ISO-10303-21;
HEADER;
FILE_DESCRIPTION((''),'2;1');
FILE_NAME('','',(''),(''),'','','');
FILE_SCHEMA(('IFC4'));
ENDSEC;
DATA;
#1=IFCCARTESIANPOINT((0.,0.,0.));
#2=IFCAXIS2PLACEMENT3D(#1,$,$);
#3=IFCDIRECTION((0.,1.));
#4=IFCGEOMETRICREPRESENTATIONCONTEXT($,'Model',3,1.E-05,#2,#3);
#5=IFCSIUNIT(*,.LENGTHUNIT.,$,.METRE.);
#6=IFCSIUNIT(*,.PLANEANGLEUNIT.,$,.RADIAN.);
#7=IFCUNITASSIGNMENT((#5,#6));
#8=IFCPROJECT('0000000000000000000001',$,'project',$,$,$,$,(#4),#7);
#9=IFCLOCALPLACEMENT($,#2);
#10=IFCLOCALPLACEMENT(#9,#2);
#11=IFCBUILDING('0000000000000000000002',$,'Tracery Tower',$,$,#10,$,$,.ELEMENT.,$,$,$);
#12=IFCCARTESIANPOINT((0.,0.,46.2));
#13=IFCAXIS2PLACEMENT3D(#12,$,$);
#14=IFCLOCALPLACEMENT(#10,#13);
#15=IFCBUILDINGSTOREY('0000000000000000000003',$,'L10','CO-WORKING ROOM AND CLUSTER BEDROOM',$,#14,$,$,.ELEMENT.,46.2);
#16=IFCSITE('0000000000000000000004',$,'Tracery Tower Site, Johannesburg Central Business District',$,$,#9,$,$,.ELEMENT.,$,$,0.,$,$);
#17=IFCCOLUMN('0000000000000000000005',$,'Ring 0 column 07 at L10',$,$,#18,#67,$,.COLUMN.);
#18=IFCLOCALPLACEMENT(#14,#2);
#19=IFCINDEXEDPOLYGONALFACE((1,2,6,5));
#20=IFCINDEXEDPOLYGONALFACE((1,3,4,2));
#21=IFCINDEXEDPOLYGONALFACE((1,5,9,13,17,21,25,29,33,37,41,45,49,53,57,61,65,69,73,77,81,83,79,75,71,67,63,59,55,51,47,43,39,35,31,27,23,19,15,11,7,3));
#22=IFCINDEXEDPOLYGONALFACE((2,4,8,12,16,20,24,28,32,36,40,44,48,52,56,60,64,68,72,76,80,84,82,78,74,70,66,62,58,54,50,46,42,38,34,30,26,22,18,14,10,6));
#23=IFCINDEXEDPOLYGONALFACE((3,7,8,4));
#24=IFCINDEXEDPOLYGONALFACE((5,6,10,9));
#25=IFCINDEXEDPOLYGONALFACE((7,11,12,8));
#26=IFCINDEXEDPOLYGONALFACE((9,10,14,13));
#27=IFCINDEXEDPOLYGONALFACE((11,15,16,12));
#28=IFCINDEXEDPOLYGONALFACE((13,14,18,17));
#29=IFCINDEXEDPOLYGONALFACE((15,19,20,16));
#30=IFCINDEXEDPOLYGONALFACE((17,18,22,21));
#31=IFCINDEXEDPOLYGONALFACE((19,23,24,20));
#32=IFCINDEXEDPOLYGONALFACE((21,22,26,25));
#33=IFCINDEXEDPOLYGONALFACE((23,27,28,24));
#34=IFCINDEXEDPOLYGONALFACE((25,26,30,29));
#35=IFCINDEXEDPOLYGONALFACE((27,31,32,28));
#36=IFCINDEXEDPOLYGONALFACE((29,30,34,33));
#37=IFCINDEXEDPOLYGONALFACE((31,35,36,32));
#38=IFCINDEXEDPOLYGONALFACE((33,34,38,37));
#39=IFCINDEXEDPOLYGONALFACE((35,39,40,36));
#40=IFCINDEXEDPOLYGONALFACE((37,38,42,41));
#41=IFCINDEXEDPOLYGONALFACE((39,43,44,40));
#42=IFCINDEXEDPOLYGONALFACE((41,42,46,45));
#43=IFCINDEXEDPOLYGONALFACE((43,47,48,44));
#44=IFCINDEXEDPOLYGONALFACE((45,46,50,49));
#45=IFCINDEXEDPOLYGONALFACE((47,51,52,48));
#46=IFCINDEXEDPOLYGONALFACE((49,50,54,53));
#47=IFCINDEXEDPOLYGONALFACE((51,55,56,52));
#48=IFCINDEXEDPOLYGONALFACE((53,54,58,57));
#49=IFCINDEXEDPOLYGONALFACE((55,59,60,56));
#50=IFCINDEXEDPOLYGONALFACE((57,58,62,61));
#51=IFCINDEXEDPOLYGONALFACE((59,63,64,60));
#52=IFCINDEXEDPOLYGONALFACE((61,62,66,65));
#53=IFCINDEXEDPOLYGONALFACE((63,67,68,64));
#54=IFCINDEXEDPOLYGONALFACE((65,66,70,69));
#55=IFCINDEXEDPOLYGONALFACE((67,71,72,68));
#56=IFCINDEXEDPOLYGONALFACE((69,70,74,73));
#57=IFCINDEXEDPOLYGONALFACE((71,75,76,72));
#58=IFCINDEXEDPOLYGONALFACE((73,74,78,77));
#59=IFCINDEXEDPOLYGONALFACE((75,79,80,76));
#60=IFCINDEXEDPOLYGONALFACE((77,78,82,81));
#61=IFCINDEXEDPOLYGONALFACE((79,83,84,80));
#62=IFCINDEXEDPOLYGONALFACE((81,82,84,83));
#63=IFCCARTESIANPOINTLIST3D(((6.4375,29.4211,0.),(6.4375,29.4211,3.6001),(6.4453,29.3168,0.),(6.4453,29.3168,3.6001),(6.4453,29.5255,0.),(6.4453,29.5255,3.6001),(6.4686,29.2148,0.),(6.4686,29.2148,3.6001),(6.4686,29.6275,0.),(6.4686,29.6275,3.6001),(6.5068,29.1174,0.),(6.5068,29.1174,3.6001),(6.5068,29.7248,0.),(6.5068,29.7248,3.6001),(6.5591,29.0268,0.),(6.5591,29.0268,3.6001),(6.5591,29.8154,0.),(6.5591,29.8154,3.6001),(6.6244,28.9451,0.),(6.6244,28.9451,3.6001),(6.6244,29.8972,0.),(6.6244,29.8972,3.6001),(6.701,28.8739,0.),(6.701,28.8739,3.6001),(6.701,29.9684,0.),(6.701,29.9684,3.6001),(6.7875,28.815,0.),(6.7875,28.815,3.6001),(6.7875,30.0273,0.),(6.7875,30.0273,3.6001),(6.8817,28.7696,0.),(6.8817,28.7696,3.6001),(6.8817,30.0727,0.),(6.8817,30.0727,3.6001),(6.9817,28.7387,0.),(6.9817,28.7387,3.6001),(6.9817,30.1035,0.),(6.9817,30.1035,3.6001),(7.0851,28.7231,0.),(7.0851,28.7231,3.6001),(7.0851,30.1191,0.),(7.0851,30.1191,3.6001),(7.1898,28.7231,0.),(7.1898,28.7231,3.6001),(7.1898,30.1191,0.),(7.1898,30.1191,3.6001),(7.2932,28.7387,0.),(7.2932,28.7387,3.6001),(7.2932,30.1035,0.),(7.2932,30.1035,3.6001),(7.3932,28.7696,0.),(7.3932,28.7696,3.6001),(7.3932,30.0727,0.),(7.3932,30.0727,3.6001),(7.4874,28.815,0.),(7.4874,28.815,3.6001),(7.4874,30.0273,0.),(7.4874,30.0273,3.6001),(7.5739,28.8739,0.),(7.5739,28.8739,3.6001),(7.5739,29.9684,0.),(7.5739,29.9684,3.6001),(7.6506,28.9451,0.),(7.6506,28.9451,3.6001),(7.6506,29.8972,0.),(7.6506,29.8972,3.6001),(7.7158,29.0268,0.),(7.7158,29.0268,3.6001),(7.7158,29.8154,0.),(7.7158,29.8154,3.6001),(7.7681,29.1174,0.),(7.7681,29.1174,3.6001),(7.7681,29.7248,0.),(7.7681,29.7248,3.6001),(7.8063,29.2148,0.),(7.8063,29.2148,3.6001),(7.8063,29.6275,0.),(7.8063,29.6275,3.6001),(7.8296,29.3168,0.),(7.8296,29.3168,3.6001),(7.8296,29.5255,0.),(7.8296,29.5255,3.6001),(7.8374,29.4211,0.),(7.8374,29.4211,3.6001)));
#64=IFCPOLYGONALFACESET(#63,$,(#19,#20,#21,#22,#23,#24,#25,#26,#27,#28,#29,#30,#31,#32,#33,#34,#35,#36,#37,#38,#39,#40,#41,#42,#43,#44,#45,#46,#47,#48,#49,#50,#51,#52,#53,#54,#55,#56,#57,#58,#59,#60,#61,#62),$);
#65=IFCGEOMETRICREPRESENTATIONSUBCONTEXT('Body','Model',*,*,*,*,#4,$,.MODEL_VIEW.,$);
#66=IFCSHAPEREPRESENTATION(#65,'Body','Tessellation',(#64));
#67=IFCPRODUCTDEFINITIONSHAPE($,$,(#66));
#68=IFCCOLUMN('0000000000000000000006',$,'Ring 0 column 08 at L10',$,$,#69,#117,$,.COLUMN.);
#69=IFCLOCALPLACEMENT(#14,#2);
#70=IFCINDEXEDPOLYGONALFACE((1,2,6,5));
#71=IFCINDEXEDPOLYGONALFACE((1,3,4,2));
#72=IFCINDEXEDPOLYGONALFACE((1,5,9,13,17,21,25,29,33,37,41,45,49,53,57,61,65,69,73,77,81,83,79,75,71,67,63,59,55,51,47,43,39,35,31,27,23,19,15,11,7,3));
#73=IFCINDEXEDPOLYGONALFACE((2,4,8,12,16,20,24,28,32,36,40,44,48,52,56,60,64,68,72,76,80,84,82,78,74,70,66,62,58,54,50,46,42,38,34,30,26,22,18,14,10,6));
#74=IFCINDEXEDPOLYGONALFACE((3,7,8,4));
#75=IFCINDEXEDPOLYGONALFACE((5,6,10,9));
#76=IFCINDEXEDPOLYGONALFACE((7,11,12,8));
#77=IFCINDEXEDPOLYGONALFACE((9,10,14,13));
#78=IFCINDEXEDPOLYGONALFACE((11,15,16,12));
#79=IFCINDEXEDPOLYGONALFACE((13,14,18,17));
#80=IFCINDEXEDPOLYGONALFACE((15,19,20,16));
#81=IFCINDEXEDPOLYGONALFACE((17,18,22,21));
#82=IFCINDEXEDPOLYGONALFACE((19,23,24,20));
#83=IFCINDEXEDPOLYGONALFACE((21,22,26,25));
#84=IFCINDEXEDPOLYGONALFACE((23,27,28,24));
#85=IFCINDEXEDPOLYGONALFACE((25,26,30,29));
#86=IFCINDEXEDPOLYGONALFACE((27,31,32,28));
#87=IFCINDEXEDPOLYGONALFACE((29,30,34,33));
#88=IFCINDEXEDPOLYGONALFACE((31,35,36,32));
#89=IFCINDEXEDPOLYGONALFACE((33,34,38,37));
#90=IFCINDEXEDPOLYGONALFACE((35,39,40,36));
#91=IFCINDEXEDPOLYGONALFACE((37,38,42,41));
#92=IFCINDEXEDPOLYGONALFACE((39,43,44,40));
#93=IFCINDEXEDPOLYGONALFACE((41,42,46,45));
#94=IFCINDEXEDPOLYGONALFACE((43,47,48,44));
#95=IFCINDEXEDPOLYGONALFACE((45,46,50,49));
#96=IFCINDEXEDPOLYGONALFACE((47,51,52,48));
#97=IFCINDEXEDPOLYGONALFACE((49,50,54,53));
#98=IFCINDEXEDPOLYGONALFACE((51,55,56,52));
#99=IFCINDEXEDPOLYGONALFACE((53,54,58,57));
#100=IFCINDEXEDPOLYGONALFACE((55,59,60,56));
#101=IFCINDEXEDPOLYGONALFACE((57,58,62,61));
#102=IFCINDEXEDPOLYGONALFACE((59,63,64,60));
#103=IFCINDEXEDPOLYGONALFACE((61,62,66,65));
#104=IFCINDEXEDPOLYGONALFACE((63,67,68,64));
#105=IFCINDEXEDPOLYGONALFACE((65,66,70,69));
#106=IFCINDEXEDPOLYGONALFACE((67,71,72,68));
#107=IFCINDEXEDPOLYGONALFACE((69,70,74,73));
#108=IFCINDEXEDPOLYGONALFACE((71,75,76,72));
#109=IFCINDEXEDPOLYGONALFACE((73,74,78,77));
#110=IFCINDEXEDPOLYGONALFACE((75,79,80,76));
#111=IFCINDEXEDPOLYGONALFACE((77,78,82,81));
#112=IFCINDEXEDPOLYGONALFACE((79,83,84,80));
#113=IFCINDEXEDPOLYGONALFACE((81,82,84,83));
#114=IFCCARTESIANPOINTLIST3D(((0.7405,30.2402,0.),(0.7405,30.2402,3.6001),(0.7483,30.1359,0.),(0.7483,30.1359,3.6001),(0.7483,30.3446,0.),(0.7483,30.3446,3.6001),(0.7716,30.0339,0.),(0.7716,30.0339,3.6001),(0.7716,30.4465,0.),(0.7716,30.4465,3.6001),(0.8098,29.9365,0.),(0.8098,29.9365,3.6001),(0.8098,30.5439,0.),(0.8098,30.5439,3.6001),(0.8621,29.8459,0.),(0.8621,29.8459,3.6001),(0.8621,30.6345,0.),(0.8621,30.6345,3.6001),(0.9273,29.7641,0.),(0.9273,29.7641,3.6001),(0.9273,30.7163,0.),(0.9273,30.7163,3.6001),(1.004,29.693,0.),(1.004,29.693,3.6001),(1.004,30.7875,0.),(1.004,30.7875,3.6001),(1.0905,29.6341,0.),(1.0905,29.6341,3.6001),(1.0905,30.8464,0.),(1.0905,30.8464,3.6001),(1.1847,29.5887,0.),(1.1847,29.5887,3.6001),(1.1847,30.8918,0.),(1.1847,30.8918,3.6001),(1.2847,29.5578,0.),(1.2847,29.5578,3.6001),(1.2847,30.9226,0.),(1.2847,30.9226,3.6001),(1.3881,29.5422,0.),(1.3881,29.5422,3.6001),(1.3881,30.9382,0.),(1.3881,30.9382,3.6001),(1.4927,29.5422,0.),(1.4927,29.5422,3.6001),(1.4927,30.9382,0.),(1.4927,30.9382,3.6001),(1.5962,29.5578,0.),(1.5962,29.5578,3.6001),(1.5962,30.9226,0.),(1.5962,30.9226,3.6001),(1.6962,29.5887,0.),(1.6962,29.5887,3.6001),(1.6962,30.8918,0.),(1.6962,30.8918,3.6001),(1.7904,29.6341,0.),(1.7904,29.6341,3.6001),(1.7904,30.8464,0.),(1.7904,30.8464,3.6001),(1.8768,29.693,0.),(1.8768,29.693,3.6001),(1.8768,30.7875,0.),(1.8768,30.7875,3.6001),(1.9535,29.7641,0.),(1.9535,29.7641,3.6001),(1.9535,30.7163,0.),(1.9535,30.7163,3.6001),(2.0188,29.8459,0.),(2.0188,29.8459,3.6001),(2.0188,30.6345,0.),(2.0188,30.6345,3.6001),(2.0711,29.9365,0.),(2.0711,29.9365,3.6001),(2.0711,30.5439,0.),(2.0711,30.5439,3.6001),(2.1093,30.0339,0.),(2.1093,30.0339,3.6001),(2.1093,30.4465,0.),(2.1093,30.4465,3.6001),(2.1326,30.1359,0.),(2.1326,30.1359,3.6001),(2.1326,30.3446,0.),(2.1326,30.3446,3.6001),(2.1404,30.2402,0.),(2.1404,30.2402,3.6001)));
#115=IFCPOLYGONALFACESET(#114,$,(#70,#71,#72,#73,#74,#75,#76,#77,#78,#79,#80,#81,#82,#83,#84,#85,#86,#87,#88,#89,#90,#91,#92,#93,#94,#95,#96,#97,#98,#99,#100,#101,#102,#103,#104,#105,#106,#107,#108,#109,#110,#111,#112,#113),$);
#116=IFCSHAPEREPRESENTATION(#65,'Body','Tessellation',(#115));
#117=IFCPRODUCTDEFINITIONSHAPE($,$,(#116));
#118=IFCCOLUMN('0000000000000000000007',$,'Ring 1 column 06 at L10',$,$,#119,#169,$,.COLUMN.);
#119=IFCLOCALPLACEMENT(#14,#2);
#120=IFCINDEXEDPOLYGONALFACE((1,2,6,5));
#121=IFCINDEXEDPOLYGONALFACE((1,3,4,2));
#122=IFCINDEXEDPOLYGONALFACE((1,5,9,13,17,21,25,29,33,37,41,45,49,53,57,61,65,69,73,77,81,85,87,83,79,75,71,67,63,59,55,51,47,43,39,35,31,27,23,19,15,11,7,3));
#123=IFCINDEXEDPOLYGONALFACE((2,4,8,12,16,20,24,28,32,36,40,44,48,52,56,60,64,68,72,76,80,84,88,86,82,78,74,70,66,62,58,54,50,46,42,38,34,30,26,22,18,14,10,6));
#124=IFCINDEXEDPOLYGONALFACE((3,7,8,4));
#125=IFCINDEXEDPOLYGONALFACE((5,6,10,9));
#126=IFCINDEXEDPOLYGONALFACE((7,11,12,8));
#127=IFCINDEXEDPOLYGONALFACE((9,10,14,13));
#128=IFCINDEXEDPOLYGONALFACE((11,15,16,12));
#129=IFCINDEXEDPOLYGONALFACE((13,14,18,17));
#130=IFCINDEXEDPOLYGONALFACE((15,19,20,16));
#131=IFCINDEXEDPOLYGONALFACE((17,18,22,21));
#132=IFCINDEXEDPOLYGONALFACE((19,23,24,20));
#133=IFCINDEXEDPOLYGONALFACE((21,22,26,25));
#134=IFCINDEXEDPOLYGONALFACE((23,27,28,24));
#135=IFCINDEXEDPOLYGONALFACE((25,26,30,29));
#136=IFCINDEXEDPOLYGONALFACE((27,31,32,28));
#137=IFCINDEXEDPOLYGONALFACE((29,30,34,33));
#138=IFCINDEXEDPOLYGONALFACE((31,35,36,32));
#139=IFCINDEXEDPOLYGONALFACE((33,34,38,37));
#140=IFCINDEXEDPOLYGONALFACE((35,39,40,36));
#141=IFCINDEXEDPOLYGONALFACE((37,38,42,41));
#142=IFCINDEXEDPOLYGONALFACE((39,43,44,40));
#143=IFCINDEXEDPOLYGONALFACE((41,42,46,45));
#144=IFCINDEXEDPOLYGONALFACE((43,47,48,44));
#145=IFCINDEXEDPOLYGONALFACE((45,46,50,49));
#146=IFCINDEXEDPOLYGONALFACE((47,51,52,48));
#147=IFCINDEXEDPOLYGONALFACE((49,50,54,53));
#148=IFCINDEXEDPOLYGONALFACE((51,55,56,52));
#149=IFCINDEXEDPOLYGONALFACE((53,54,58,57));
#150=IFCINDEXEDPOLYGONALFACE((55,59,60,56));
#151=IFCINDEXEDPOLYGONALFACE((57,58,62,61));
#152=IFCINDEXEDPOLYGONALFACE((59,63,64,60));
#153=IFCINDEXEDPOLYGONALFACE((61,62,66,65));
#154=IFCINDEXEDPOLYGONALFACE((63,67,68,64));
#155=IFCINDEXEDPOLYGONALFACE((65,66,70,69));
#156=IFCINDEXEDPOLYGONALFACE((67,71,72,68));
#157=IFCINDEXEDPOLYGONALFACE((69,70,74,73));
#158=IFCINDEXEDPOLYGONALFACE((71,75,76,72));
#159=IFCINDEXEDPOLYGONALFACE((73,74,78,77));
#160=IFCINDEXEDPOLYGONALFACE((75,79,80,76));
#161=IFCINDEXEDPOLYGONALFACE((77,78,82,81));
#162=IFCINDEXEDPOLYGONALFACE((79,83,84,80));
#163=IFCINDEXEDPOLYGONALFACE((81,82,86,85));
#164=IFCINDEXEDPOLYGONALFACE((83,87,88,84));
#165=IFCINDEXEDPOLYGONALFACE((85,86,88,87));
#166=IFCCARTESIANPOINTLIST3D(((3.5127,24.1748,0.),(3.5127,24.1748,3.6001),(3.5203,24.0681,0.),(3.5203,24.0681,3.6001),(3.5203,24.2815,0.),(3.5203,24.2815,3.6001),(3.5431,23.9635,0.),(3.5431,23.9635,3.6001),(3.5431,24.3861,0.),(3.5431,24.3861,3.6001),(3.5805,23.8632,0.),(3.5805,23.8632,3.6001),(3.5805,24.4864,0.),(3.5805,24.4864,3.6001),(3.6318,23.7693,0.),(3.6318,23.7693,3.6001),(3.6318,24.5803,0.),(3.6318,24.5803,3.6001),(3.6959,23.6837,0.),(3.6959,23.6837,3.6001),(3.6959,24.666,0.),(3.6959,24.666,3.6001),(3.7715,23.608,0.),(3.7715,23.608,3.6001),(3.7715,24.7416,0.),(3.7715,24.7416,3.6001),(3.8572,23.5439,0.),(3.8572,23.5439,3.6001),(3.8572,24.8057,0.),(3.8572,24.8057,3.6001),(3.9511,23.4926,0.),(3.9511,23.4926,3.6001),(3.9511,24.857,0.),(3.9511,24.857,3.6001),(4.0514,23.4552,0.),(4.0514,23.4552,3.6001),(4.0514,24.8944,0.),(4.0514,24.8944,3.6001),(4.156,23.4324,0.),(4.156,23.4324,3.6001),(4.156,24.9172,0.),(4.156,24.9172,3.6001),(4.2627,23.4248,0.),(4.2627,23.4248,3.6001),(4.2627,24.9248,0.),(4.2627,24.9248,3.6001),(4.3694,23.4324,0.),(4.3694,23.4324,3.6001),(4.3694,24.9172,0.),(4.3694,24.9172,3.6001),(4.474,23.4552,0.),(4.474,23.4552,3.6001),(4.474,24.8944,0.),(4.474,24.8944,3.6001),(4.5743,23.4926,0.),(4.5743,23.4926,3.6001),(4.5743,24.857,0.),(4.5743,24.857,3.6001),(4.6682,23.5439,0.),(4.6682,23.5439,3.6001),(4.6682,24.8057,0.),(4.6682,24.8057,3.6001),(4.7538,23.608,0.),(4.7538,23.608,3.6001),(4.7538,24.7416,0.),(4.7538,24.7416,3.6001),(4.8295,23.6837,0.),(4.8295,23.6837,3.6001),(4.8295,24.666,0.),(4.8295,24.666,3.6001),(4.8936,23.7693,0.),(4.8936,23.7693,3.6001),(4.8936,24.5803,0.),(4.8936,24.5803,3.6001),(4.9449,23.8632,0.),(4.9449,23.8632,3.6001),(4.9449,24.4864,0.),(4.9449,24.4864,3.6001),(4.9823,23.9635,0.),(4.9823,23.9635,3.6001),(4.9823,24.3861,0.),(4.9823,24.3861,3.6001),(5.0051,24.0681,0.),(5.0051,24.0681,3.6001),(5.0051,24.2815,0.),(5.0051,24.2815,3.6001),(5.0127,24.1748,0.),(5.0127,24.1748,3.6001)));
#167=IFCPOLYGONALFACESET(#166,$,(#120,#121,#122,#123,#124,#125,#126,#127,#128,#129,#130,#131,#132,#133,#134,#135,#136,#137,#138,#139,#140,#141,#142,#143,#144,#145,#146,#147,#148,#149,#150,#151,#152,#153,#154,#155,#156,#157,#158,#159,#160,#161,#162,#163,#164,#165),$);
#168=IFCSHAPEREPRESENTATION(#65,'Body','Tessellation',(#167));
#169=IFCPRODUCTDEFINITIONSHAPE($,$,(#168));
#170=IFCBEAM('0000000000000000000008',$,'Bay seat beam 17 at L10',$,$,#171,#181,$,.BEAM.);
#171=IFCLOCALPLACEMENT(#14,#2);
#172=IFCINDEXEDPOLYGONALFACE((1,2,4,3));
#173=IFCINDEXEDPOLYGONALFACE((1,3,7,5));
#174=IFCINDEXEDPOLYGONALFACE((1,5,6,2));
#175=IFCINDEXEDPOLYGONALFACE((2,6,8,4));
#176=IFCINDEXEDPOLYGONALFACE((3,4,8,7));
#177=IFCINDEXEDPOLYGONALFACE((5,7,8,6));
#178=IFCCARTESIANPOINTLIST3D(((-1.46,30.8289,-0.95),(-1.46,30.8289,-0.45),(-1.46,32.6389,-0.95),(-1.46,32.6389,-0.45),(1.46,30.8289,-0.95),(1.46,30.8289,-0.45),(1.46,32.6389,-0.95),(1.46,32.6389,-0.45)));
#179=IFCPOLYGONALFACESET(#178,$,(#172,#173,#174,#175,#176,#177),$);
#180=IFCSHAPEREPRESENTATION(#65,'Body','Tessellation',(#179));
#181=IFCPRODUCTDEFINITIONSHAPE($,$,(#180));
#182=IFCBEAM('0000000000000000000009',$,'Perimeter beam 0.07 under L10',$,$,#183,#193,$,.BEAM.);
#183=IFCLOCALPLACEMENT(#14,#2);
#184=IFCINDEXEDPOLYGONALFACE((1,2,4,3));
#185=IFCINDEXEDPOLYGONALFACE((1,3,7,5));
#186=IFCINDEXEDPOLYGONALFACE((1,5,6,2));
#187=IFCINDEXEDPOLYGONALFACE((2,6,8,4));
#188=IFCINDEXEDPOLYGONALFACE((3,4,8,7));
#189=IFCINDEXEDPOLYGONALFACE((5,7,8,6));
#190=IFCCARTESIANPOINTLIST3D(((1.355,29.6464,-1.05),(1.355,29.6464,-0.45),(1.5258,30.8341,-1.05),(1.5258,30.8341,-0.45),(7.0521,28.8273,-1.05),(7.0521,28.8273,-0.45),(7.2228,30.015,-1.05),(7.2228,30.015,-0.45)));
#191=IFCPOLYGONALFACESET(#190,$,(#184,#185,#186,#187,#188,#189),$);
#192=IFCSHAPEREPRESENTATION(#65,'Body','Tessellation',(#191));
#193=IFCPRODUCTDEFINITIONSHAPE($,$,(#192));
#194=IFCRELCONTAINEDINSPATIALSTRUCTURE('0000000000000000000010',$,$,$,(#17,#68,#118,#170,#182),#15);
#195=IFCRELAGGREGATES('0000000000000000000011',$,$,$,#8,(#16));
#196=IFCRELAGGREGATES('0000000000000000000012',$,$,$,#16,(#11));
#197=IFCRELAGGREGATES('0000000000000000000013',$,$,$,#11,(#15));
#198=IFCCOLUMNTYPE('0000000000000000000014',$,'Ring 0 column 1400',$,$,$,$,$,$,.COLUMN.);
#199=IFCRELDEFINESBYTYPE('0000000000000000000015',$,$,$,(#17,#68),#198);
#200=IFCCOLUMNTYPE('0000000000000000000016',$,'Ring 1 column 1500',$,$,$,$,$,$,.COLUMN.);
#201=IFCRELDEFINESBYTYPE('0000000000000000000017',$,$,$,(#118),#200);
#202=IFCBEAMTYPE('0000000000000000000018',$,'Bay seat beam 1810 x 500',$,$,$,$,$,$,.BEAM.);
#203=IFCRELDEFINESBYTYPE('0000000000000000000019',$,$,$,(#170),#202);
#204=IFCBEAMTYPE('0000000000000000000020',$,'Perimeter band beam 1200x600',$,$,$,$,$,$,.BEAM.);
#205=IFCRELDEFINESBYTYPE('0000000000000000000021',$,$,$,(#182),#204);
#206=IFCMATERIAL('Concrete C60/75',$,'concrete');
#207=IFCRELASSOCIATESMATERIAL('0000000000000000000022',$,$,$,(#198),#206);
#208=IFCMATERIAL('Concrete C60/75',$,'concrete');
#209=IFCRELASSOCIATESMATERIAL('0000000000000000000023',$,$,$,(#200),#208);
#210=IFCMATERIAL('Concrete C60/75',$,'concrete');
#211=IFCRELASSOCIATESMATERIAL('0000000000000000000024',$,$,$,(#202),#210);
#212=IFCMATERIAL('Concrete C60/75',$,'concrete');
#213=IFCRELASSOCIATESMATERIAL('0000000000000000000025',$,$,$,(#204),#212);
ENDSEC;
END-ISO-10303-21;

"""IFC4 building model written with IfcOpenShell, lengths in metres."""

from ifc_helpers import new_model, si_unit, direction, frame, origin, origin_2d, place, context, subcontext, project, spatial, rectangle, circle, extrude, material, material_profile, profile_set, type_object, element, save


model = new_model("IFC4")

# Units and contexts
model_context = context("Model", 3, precision=1e-05, world=origin(), true_north=direction((0.0, 1.0)))
body_context = subcontext(model_context, "Body", "Model", "MODEL_VIEW")
ifc_project = project(units=[si_unit("LENGTHUNIT", "METRE"), si_unit("PLANEANGLEUNIT", "RADIAN")], contexts=[model_context])

# Site, building, storey
site_placement = place(None, origin())
site = spatial("IfcSite", under=ifc_project, at=site_placement, Name="Tracery Tower Site, Johannesburg Central Business District", CompositionType="ELEMENT", RefElevation=0.0)
building_placement = place(site_placement, origin())
building = spatial("IfcBuilding", under=site, at=building_placement, Name="Tracery Tower", CompositionType="ELEMENT")
storey_placement = place(building_placement, frame((0.0, 0.0, 46.2)))
storey = spatial("IfcBuildingStorey", under=building, at=storey_placement, Name="L10", Description="CO-WORKING ROOM AND CLUSTER BEDROOM", CompositionType="ELEMENT", Elevation=46.2)

# Columns
ifc_material_1 = material(Name="Concrete C60/75", Category="concrete")
ifc_material_profile_1 = material_profile(ifc_material_1, circle(Radius=0.7, at=origin_2d()), Name="RC D1400")
ifc_profile_set_1 = profile_set([ifc_material_profile_1], Name="Concrete C60/75")
column_type_1 = type_object("IfcColumnType", Name="Ring 0 column 1400", PredefinedType="COLUMN", material=ifc_profile_set_1)
for number, where, z_axis, x_axis, name in (
    (1, (7.1375, 29.4211, 0.0), (0.0, 0.0, 1.0), (1.0, 0.0, 0.0), "Ring 0 column 07 at L10"),
    (2, (1.4404, 30.2402, 0.0), (0.0, 0.0, 1.0), (1.0, 0.0, 0.0), "Ring 0 column 08 at L10"),
):
    element("IfcColumn", number, at=place(storey_placement, frame(where, z_axis=z_axis, x_axis=x_axis)), inside=storey, type_object=column_type_1, Name=name, PredefinedType="COLUMN", context=body_context, shape_type="SweptSolid", body=[
        extrude(circle(Radius=0.7, at=origin_2d()), origin(), (0.0, 0.0, 1.0), 3.6001),
    ])
ifc_material_2 = material(Name="Concrete C60/75", Category="concrete")
ifc_material_profile_2 = material_profile(ifc_material_2, circle(Radius=0.75, at=origin_2d()), Name="RC D1500")
ifc_profile_set_2 = profile_set([ifc_material_profile_2], Name="Concrete C60/75")
column_type_2 = type_object("IfcColumnType", Name="Ring 1 column 1500", PredefinedType="COLUMN", material=ifc_profile_set_2)
column_placement = place(storey_placement, frame((4.2627, 24.1748, 0.0), z_axis=(0.0, 0.0, 1.0), x_axis=(1.0, 0.0, 0.0)))
element("IfcColumn", 3, at=column_placement, inside=storey, type_object=column_type_2, Name="Ring 1 column 06 at L10", PredefinedType="COLUMN", context=body_context, shape_type="SweptSolid", body=[
    extrude(circle(Radius=0.75, at=origin_2d()), origin(), (0.0, 0.0, 1.0), 3.6001),
])

# Beams
ifc_material_3 = material(Name="Concrete C60/75", Category="concrete")
ifc_material_profile_3 = material_profile(ifc_material_3, rectangle(XDim=1.8101, YDim=0.5, at=origin_2d()), Name="RC 1810x500")
ifc_profile_set_3 = profile_set([ifc_material_profile_3], Name="Concrete C60/75")
beam_type_1 = type_object("IfcBeamType", Name="Bay seat beam 1810 x 500", PredefinedType="BEAM", material=ifc_profile_set_3)
beam_placement = place(storey_placement, frame((1.46, 31.7339, -0.7), z_axis=(-1.0, 0.0, 0.0), x_axis=(0.0, -1.0, 0.0)))
element("IfcBeam", 4, at=beam_placement, inside=storey, type_object=beam_type_1, Name="Bay seat beam 17 at L10", PredefinedType="BEAM", context=body_context, shape_type="SweptSolid", body=[
    extrude(rectangle(XDim=1.8101, YDim=0.5, at=origin_2d()), origin(), (0.0, 0.0, 1.0), 2.9199),
])
ifc_material_4 = material(Name="Concrete C60/75", Category="concrete")
ifc_material_profile_4 = material_profile(ifc_material_4, rectangle(XDim=1.2, YDim=0.6001, at=origin_2d()), Name="RC 1200x600")
ifc_profile_set_4 = profile_set([ifc_material_profile_4], Name="Concrete C60/75")
beam_type_2 = type_object("IfcBeamType", Name="Perimeter band beam 1200x600", PredefinedType="BEAM", material=ifc_profile_set_4)
for number, where, z_axis, x_axis, name in (
    (5, (7.1375, 29.4211, -0.75), (-0.989822, 0.142312, 0.0), (-0.142312, -0.989822, 0.0), "Perimeter beam 0.07 under L10"),
):
    element("IfcBeam", number, at=place(storey_placement, frame(where, z_axis=z_axis, x_axis=x_axis)), inside=storey, type_object=beam_type_2, Name=name, PredefinedType="BEAM", context=body_context, shape_type="SweptSolid", body=[
        extrude(rectangle(XDim=1.2, YDim=0.6001, at=origin_2d()), origin(), (0.0, 0.0, 1.0), 5.7556),
    ])

save(model, "model.ifc")
